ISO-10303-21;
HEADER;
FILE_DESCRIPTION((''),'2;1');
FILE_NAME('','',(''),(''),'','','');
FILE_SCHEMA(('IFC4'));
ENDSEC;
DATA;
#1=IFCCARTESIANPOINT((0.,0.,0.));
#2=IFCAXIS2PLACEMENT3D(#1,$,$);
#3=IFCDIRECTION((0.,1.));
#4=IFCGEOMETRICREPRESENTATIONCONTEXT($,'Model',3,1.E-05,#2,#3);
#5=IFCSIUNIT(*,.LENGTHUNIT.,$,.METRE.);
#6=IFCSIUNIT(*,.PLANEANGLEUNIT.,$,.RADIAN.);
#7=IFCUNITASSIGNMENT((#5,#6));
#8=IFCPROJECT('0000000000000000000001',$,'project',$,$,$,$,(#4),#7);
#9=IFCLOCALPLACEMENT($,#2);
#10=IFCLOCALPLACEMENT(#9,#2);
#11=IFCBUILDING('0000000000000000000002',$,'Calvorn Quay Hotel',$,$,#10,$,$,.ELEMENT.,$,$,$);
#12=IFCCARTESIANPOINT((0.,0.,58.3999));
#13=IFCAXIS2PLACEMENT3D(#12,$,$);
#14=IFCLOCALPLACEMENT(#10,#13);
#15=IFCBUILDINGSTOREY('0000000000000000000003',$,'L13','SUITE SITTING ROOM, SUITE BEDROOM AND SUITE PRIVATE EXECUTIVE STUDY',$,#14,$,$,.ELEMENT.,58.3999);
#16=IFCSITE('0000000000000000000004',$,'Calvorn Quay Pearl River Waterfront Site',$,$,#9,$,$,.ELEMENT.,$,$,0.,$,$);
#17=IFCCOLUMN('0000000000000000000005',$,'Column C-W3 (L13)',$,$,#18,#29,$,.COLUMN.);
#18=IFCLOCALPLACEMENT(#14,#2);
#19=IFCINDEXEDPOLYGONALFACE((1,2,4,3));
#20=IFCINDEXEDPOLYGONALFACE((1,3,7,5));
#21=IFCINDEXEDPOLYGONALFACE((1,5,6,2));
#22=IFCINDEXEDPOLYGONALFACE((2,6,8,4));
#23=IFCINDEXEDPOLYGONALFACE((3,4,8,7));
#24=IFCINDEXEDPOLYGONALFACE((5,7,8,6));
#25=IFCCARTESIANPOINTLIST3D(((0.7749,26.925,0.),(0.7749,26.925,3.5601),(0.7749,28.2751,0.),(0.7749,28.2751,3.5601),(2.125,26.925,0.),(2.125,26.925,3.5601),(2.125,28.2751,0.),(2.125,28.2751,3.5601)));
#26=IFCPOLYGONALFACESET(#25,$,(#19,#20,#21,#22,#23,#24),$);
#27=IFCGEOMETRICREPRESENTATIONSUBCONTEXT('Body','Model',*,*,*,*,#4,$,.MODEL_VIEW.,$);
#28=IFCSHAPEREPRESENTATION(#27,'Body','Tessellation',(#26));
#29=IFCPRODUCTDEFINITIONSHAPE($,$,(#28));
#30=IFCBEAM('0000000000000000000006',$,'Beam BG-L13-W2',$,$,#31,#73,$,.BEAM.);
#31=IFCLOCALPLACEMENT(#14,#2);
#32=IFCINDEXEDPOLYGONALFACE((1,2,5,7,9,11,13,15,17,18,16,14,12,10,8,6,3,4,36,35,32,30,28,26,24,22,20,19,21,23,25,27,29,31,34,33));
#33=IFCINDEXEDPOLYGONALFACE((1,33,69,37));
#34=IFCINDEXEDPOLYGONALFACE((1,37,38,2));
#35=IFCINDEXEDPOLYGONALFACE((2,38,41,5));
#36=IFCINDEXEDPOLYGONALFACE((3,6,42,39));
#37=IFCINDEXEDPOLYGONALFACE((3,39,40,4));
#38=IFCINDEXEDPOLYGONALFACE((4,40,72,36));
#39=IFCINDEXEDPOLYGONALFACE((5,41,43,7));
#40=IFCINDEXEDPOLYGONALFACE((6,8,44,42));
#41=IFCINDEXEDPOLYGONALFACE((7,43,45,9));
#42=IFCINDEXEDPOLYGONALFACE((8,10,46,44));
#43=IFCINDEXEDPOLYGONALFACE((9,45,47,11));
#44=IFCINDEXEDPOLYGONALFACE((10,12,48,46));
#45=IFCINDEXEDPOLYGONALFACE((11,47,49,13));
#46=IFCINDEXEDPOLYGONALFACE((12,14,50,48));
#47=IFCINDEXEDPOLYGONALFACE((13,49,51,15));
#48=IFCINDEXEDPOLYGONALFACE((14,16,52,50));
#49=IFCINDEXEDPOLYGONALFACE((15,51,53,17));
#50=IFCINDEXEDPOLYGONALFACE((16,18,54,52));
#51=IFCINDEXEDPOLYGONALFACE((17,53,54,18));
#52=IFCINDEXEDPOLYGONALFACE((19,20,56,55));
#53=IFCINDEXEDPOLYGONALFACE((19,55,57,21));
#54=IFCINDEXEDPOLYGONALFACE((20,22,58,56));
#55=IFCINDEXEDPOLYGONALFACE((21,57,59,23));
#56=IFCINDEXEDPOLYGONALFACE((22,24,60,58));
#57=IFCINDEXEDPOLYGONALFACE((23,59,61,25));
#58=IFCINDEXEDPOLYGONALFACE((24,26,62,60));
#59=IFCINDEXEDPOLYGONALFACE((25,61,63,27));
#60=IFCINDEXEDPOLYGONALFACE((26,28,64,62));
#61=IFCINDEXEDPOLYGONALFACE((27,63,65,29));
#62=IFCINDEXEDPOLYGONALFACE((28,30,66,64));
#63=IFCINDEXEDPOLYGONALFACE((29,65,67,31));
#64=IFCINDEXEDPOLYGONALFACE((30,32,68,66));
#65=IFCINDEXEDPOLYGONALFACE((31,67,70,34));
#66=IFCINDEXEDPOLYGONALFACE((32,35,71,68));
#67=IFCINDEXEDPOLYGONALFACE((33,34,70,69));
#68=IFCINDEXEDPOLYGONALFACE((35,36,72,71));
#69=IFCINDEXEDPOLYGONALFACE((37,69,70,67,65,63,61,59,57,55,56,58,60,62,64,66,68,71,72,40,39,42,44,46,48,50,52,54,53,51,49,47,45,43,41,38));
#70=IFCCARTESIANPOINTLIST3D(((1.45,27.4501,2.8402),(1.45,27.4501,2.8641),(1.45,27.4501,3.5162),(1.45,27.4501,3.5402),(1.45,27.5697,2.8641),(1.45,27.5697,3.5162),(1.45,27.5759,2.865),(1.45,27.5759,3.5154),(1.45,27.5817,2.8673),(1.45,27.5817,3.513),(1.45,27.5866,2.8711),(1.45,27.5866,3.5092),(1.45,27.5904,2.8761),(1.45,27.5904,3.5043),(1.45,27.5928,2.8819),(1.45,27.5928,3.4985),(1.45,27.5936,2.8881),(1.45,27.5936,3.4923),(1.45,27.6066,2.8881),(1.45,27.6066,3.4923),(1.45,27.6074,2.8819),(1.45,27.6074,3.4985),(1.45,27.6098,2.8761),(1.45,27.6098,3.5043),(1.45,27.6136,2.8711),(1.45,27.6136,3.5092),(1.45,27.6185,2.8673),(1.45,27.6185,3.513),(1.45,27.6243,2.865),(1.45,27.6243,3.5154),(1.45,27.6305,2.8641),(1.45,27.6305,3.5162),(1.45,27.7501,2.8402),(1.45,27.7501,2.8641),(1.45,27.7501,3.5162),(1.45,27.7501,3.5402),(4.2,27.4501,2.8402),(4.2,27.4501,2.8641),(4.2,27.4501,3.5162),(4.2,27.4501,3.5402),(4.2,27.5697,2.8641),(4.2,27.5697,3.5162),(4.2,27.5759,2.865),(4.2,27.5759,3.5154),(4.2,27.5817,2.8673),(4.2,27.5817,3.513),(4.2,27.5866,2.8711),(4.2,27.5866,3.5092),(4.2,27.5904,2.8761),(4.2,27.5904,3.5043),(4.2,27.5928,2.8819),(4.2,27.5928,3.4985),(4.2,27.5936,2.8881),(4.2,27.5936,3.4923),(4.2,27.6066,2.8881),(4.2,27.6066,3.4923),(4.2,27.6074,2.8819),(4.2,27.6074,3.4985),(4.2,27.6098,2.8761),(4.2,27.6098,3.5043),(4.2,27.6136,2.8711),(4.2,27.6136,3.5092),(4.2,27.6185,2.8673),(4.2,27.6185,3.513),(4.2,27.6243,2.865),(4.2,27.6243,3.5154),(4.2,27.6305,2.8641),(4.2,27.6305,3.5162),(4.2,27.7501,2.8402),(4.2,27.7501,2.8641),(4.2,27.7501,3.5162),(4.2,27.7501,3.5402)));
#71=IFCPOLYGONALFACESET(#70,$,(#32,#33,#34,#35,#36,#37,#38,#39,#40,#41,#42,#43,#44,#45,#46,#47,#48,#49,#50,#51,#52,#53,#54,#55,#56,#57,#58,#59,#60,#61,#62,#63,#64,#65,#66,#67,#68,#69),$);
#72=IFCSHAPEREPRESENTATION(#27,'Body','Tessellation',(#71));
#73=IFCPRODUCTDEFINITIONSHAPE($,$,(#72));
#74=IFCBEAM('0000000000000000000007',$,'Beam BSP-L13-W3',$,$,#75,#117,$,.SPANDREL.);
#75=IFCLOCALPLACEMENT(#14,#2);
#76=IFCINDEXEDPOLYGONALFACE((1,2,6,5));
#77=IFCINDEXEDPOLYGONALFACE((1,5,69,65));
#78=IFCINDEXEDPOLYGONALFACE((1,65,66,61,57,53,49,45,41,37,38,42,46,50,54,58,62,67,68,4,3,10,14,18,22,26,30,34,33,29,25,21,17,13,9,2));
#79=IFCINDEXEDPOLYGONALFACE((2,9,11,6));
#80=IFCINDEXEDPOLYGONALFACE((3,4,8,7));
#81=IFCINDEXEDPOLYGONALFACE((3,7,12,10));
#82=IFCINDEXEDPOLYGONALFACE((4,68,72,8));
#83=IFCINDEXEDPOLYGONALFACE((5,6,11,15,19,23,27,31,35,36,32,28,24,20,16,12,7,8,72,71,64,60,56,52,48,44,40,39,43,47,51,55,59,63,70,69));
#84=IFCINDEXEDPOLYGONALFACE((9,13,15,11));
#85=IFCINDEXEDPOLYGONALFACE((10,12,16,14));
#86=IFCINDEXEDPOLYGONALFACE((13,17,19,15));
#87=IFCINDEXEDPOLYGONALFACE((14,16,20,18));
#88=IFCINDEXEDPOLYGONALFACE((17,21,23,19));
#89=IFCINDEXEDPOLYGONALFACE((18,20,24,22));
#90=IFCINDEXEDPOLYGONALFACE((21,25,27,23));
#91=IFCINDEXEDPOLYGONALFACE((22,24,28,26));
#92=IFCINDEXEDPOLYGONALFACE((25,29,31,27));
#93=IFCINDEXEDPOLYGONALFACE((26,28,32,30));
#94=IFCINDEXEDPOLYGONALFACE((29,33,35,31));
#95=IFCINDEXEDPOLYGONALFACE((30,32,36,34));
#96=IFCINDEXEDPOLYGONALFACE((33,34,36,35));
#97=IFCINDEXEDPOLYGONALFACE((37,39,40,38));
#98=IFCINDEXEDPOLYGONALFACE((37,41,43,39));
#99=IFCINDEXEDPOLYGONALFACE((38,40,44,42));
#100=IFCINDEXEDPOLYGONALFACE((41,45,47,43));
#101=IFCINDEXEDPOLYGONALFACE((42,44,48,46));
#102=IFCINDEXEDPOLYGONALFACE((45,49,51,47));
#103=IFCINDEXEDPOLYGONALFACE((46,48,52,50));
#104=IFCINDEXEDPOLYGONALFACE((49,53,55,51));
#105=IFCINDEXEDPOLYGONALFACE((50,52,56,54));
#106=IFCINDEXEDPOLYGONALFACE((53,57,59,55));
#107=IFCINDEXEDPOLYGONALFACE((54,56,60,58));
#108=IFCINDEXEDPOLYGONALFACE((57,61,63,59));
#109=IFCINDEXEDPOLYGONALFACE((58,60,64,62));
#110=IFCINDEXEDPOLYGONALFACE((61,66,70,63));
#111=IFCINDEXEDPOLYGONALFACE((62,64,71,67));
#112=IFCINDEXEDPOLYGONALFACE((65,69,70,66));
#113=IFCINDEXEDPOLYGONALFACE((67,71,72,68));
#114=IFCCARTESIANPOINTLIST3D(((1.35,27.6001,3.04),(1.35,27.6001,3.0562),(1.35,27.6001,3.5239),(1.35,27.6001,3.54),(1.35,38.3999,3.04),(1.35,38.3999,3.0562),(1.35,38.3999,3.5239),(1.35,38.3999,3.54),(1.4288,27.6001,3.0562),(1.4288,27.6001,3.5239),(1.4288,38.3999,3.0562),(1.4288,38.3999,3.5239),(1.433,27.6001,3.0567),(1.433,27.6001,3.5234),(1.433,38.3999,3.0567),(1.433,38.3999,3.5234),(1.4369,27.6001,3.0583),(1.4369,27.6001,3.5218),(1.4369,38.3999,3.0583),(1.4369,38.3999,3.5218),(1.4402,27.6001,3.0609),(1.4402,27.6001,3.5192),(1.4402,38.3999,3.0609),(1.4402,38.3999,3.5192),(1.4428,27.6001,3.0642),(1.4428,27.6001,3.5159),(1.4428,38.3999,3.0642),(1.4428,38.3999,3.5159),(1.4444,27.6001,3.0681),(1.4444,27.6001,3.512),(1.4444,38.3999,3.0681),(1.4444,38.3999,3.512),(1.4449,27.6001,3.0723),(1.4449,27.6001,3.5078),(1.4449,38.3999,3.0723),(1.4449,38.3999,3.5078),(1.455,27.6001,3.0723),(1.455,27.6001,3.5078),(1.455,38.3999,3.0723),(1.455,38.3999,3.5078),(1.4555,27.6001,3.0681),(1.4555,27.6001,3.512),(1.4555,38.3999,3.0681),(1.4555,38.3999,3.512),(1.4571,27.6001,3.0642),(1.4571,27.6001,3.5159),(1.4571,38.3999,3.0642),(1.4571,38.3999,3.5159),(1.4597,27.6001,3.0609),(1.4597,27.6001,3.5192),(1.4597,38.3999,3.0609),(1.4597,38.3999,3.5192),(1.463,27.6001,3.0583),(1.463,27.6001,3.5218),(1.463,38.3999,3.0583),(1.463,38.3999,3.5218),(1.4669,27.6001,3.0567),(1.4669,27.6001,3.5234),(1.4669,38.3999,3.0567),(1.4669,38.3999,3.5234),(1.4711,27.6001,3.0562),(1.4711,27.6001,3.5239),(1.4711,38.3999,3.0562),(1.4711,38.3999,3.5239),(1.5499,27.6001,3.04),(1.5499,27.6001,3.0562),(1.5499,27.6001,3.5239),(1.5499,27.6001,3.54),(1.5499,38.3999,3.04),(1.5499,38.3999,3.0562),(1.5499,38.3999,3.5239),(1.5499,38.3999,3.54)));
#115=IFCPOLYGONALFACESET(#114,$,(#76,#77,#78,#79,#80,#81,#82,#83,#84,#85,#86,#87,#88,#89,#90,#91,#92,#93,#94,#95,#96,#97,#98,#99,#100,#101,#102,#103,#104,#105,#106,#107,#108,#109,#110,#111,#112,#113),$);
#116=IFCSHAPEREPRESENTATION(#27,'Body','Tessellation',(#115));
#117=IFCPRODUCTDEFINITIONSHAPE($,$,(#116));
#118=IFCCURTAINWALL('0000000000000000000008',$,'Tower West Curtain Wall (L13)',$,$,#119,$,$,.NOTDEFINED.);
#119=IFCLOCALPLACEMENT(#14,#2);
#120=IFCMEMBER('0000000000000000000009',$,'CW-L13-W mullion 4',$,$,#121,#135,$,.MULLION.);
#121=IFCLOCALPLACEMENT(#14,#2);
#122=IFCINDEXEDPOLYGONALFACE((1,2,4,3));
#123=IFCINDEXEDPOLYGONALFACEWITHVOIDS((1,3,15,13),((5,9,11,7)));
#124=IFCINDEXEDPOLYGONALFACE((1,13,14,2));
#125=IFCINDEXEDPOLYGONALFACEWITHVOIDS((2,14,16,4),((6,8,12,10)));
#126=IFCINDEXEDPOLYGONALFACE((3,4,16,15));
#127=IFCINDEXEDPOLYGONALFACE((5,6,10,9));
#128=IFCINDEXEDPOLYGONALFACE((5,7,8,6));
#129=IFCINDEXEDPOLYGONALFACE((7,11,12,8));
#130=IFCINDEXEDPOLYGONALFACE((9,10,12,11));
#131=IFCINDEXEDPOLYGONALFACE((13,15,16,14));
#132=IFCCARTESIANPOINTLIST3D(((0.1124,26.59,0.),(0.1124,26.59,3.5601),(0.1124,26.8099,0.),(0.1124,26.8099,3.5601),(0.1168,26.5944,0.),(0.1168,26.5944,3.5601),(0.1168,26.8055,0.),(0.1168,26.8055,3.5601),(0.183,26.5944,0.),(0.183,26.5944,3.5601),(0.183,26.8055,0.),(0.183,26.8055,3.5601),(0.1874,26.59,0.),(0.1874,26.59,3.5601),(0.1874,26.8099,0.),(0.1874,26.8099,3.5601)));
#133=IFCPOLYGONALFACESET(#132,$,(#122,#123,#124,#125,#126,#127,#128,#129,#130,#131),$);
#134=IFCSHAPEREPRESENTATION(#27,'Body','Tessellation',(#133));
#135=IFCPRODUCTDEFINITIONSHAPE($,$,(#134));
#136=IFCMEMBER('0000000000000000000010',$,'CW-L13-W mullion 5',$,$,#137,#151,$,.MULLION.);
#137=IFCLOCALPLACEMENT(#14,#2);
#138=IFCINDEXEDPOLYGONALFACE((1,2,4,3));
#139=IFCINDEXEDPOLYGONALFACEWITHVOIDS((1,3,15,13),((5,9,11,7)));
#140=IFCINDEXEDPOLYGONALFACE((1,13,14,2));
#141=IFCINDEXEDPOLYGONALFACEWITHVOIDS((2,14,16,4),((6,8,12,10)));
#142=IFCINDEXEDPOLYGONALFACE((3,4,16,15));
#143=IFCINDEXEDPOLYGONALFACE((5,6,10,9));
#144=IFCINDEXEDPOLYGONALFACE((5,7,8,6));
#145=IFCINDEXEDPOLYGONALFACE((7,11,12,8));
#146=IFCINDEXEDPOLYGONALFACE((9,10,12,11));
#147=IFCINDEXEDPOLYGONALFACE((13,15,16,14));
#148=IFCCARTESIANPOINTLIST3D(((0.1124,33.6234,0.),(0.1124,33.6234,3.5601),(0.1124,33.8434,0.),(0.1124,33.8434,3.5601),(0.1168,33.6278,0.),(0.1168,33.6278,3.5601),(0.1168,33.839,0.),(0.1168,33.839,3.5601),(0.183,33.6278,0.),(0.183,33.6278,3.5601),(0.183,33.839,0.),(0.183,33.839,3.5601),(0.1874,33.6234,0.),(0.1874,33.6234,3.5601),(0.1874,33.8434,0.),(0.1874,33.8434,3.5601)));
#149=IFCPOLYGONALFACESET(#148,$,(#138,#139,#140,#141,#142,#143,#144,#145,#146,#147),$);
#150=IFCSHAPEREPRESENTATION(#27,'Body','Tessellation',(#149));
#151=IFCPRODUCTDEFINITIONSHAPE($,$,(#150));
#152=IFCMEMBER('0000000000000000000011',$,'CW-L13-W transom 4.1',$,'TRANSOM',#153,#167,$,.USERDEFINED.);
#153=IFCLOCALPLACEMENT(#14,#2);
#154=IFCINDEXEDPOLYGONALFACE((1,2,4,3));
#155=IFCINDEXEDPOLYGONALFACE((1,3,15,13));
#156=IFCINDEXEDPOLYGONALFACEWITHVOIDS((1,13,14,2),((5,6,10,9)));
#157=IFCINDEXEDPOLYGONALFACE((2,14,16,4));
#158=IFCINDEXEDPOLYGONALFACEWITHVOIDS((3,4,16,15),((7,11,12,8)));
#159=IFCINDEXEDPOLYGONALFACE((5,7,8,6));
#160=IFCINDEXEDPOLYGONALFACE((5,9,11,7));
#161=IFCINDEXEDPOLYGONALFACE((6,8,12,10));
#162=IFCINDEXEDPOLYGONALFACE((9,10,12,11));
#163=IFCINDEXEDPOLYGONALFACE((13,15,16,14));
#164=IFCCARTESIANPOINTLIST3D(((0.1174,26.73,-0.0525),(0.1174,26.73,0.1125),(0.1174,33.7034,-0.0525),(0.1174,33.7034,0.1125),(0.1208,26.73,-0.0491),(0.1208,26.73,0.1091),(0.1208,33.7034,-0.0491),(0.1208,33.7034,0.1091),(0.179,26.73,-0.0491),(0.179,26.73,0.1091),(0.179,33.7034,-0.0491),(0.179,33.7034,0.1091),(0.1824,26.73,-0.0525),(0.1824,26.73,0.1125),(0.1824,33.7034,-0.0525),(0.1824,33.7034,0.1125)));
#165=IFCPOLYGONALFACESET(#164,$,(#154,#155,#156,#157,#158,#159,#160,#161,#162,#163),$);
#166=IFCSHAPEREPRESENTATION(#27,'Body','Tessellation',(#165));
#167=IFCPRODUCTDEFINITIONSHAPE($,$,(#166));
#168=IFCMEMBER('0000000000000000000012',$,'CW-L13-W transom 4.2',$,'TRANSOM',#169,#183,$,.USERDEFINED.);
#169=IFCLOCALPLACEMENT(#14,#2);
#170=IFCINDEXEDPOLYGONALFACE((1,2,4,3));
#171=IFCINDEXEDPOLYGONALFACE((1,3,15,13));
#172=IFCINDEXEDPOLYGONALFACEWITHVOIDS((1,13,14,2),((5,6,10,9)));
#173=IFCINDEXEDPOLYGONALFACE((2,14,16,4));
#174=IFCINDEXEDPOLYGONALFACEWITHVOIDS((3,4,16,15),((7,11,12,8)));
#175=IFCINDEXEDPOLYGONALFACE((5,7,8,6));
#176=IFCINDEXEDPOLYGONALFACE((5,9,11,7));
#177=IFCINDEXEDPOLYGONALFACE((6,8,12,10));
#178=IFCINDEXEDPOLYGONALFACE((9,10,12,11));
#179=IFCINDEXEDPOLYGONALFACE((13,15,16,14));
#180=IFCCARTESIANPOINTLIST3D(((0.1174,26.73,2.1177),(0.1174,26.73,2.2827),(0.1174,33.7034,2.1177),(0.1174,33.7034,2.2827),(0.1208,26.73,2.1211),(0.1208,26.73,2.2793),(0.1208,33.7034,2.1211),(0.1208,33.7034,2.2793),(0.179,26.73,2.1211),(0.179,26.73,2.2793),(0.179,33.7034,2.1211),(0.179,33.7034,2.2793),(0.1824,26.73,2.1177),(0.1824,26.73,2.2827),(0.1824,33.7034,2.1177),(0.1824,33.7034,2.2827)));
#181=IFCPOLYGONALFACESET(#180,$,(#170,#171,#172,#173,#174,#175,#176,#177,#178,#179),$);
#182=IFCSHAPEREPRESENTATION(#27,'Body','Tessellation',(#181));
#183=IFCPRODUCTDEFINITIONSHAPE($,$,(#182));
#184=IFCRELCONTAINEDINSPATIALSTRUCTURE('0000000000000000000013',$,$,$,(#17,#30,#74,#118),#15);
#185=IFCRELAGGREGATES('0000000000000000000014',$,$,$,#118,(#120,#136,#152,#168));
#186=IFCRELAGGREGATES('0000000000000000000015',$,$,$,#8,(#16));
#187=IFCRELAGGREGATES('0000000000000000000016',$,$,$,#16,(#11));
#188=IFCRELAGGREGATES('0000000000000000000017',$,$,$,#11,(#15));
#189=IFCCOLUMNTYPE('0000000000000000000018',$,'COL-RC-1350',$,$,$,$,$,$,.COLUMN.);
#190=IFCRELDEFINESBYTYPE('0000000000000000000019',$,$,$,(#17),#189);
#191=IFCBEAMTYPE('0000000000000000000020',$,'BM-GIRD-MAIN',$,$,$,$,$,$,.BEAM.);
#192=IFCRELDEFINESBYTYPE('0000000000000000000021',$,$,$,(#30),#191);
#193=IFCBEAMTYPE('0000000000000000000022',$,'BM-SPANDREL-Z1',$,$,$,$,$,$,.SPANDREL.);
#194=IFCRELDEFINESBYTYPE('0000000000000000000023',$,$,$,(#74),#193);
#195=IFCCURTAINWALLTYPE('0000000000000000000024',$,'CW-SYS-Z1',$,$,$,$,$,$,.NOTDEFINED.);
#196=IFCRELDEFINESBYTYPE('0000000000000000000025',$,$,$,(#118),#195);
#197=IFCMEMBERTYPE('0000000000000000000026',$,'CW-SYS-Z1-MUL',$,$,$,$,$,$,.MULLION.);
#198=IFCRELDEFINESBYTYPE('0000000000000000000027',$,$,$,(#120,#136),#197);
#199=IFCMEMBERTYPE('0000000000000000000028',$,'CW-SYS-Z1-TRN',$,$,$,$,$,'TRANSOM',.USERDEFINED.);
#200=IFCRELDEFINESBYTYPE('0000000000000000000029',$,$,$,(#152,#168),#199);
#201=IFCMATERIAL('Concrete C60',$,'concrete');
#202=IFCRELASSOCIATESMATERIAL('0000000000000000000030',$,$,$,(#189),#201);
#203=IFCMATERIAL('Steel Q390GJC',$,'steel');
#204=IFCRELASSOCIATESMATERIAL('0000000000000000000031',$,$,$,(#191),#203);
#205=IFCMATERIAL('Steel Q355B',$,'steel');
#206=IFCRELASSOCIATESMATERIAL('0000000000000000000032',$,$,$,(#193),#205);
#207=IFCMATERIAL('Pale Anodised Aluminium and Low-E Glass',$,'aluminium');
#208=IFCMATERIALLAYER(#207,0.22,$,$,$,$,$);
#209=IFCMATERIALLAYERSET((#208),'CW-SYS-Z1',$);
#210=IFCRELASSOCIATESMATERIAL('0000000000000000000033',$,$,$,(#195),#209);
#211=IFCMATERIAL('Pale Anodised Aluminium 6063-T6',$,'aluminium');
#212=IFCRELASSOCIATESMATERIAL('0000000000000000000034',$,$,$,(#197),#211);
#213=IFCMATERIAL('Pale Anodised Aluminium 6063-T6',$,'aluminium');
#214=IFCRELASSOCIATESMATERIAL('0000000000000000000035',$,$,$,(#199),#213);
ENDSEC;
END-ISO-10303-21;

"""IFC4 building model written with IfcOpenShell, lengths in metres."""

from ifc_helpers import new_model, si_unit, direction, frame, origin, origin_2d, place, context, subcontext, project, spatial, rectangle, hollow_rectangle, i_section, extrude, material, layer, layer_set, material_profile, profile_set, type_object, element, aggregate, save


model = new_model("IFC4")

# Units and contexts
model_context = context("Model", 3, precision=1e-05, world=origin(), true_north=direction((0.0, 1.0)))
body_context = subcontext(model_context, "Body", "Model", "MODEL_VIEW")
ifc_project = project(units=[si_unit("LENGTHUNIT", "METRE"), si_unit("PLANEANGLEUNIT", "RADIAN")], contexts=[model_context])

# Site, building, storey
site_placement = place(None, origin())
site = spatial("IfcSite", under=ifc_project, at=site_placement, Name="Calvorn Quay Pearl River Waterfront Site", CompositionType="ELEMENT", RefElevation=0.0)
building_placement = place(site_placement, origin())
building = spatial("IfcBuilding", under=site, at=building_placement, Name="Calvorn Quay Hotel", CompositionType="ELEMENT")
storey_placement = place(building_placement, frame((0.0, 0.0, 58.3999)))
storey = spatial("IfcBuildingStorey", under=building, at=storey_placement, Name="L13", Description="SUITE SITTING ROOM, SUITE BEDROOM AND SUITE PRIVATE EXECUTIVE STUDY", CompositionType="ELEMENT", Elevation=58.3999)

# Column
ifc_material_1 = material(Name="Concrete C60", Category="concrete")
ifc_material_profile_1 = material_profile(ifc_material_1, rectangle(XDim=1.3501, YDim=1.3501, at=origin_2d()), Name="RC1350x1350")
ifc_profile_set_1 = profile_set([ifc_material_profile_1], Name="Concrete C60")
column_type = type_object("IfcColumnType", Name="COL-RC-1350", PredefinedType="COLUMN", material=ifc_profile_set_1)
column_placement = place(storey_placement, frame((1.45, 27.6001, 0.0), z_axis=(0.0, 0.0, 1.0), x_axis=(1.0, 0.0, 0.0)))
element("IfcColumn", 1, at=column_placement, inside=storey, type_object=column_type, Name="Column C-W3 (L13)", PredefinedType="COLUMN", context=body_context, shape_type="SweptSolid", body=[
    extrude(rectangle(XDim=1.3501, YDim=1.3501, at=origin_2d()), origin(), (0.0, 0.0, 1.0), 3.5601),
])

# Beams
ifc_material_2 = material(Name="Steel Q390GJC", Category="steel")
ifc_material_profile_2 = material_profile(ifc_material_2, i_section(OverallWidth=0.3, OverallDepth=0.7, WebThickness=0.0129, FlangeThickness=0.0239, FilletRadius=0.0239, at=origin_2d()), Name="HN700x300x13x24")
ifc_profile_set_2 = profile_set([ifc_material_profile_2], Name="Steel Q390GJC")
beam_type_1 = type_object("IfcBeamType", Name="BM-GIRD-MAIN", PredefinedType="BEAM", material=ifc_profile_set_2)
beam_1_placement = place(storey_placement, frame((1.45, 27.6001, 3.1902), z_axis=(1.0, 0.0, 0.0), x_axis=(0.0, 1.0, 0.0)))
element("IfcBeam", 2, at=beam_1_placement, inside=storey, type_object=beam_type_1, Name="Beam BG-L13-W2", PredefinedType="BEAM", context=body_context, shape_type="SweptSolid", body=[
    extrude(i_section(OverallWidth=0.3, OverallDepth=0.7, WebThickness=0.0129, FlangeThickness=0.0239, FilletRadius=0.0239, at=origin_2d()), origin(), (0.0, 0.0, 1.0), 2.75),
])
ifc_material_3 = material(Name="Steel Q355B", Category="steel")
ifc_material_profile_3 = material_profile(ifc_material_3, i_section(OverallWidth=0.2, OverallDepth=0.5, WebThickness=0.01, FlangeThickness=0.0161, FilletRadius=0.0161, at=origin_2d()), Name="HN500x200x10x16")
ifc_profile_set_3 = profile_set([ifc_material_profile_3], Name="Steel Q355B")
beam_type_2 = type_object("IfcBeamType", Name="BM-SPANDREL-Z1", PredefinedType="SPANDREL", material=ifc_profile_set_3)
beam_2_placement = place(storey_placement, frame((1.45, 27.6001, 3.29), z_axis=(0.0, 1.0, 0.0), x_axis=(-1.0, 0.0, 0.0)))
element("IfcBeam", 3, at=beam_2_placement, inside=storey, type_object=beam_type_2, Name="Beam BSP-L13-W3", PredefinedType="SPANDREL", context=body_context, shape_type="SweptSolid", body=[
    extrude(i_section(OverallWidth=0.2, OverallDepth=0.5, WebThickness=0.01, FlangeThickness=0.0161, FilletRadius=0.0161, at=origin_2d()), origin(), (0.0, 0.0, 1.0), 10.7998),
])

# Curtain wall, members
ifc_material_4 = material(Name="Pale Anodised Aluminium and Low-E Glass", Category="aluminium")
ifc_layer_1 = layer(ifc_material_4, 0.22)
ifc_layer_set_1 = layer_set([ifc_layer_1], Name="CW-SYS-Z1")
curtain_wall_type = type_object("IfcCurtainWallType", Name="CW-SYS-Z1", PredefinedType="NOTDEFINED", material=ifc_layer_set_1)
curtain_wall_placement = place(storey_placement, origin())
curtain_wall = element("IfcCurtainWall", 4, at=curtain_wall_placement, inside=storey, type_object=curtain_wall_type, Name="Tower West Curtain Wall (L13)", PredefinedType="NOTDEFINED")
ifc_material_5 = material(Name="Pale Anodised Aluminium 6063-T6", Category="aluminium")
ifc_material_profile_4 = material_profile(ifc_material_5, hollow_rectangle(XDim=0.075, YDim=0.22, WallThickness=0.0044, at=origin_2d()), Name="ALU-M220x75x4.5")
ifc_profile_set_4 = profile_set([ifc_material_profile_4], Name="Pale Anodised Aluminium 6063-T6")
member_type_1 = type_object("IfcMemberType", Name="CW-SYS-Z1-MUL", PredefinedType="MULLION", material=ifc_profile_set_4)
member_1_placement = place(storey_placement, frame((0.1499, 26.7, 0.0), z_axis=(0.0, 0.0, 1.0), x_axis=(-1.0, 0.0, 0.0)))
member_1 = element("IfcMember", 5, at=member_1_placement, type_object=member_type_1, Name="CW-L13-W mullion 4", PredefinedType="MULLION", context=body_context, shape_type="SweptSolid", body=[
    extrude(hollow_rectangle(XDim=0.075, YDim=0.22, WallThickness=0.0044, at=origin_2d()), origin(), (0.0, 0.0, 1.0), 3.5601),
])
member_2_placement = place(storey_placement, frame((0.1499, 33.7334, 0.0), z_axis=(0.0, 0.0, 1.0), x_axis=(-1.0, 0.0, 0.0)))
member_2 = element("IfcMember", 6, at=member_2_placement, type_object=member_type_1, Name="CW-L13-W mullion 5", PredefinedType="MULLION", context=body_context, shape_type="SweptSolid", body=[
    extrude(hollow_rectangle(XDim=0.075, YDim=0.22, WallThickness=0.0044, at=origin_2d()), origin(), (0.0, 0.0, 1.0), 3.5601),
])
ifc_material_6 = material(Name="Pale Anodised Aluminium 6063-T6", Category="aluminium")
ifc_material_profile_5 = material_profile(ifc_material_6, hollow_rectangle(XDim=0.0649, YDim=0.165, WallThickness=0.0034, at=origin_2d()), Name="ALU-T165x65x3.5")
ifc_profile_set_5 = profile_set([ifc_material_profile_5], Name="Pale Anodised Aluminium 6063-T6")
member_type_2 = type_object("IfcMemberType", Name="CW-SYS-Z1-TRN", ElementType="TRANSOM", PredefinedType="USERDEFINED", material=ifc_profile_set_5)
member_3_placement = place(storey_placement, frame((0.1499, 26.73, 0.03), z_axis=(0.0, 1.0, 0.0), x_axis=(-1.0, 0.0, 0.0)))
member_3 = element("IfcMember", 7, at=member_3_placement, type_object=member_type_2, Name="CW-L13-W transom 4.1", ObjectType="TRANSOM", PredefinedType="USERDEFINED", context=body_context, shape_type="SweptSolid", body=[
    extrude(hollow_rectangle(XDim=0.0649, YDim=0.165, WallThickness=0.0034, at=origin_2d()), origin(), (0.0, 0.0, 1.0), 6.9734),
])
member_4_placement = place(storey_placement, frame((0.1499, 26.73, 2.2002), z_axis=(0.0, 1.0, 0.0), x_axis=(-1.0, 0.0, 0.0)))
member_4 = element("IfcMember", 8, at=member_4_placement, type_object=member_type_2, Name="CW-L13-W transom 4.2", ObjectType="TRANSOM", PredefinedType="USERDEFINED", context=body_context, shape_type="SweptSolid", body=[
    extrude(hollow_rectangle(XDim=0.0649, YDim=0.165, WallThickness=0.0034, at=origin_2d()), origin(), (0.0, 0.0, 1.0), 6.9734),
])
aggregate(curtain_wall, [member_1, member_2, member_3, member_4])

save(model, "model.ifc")
